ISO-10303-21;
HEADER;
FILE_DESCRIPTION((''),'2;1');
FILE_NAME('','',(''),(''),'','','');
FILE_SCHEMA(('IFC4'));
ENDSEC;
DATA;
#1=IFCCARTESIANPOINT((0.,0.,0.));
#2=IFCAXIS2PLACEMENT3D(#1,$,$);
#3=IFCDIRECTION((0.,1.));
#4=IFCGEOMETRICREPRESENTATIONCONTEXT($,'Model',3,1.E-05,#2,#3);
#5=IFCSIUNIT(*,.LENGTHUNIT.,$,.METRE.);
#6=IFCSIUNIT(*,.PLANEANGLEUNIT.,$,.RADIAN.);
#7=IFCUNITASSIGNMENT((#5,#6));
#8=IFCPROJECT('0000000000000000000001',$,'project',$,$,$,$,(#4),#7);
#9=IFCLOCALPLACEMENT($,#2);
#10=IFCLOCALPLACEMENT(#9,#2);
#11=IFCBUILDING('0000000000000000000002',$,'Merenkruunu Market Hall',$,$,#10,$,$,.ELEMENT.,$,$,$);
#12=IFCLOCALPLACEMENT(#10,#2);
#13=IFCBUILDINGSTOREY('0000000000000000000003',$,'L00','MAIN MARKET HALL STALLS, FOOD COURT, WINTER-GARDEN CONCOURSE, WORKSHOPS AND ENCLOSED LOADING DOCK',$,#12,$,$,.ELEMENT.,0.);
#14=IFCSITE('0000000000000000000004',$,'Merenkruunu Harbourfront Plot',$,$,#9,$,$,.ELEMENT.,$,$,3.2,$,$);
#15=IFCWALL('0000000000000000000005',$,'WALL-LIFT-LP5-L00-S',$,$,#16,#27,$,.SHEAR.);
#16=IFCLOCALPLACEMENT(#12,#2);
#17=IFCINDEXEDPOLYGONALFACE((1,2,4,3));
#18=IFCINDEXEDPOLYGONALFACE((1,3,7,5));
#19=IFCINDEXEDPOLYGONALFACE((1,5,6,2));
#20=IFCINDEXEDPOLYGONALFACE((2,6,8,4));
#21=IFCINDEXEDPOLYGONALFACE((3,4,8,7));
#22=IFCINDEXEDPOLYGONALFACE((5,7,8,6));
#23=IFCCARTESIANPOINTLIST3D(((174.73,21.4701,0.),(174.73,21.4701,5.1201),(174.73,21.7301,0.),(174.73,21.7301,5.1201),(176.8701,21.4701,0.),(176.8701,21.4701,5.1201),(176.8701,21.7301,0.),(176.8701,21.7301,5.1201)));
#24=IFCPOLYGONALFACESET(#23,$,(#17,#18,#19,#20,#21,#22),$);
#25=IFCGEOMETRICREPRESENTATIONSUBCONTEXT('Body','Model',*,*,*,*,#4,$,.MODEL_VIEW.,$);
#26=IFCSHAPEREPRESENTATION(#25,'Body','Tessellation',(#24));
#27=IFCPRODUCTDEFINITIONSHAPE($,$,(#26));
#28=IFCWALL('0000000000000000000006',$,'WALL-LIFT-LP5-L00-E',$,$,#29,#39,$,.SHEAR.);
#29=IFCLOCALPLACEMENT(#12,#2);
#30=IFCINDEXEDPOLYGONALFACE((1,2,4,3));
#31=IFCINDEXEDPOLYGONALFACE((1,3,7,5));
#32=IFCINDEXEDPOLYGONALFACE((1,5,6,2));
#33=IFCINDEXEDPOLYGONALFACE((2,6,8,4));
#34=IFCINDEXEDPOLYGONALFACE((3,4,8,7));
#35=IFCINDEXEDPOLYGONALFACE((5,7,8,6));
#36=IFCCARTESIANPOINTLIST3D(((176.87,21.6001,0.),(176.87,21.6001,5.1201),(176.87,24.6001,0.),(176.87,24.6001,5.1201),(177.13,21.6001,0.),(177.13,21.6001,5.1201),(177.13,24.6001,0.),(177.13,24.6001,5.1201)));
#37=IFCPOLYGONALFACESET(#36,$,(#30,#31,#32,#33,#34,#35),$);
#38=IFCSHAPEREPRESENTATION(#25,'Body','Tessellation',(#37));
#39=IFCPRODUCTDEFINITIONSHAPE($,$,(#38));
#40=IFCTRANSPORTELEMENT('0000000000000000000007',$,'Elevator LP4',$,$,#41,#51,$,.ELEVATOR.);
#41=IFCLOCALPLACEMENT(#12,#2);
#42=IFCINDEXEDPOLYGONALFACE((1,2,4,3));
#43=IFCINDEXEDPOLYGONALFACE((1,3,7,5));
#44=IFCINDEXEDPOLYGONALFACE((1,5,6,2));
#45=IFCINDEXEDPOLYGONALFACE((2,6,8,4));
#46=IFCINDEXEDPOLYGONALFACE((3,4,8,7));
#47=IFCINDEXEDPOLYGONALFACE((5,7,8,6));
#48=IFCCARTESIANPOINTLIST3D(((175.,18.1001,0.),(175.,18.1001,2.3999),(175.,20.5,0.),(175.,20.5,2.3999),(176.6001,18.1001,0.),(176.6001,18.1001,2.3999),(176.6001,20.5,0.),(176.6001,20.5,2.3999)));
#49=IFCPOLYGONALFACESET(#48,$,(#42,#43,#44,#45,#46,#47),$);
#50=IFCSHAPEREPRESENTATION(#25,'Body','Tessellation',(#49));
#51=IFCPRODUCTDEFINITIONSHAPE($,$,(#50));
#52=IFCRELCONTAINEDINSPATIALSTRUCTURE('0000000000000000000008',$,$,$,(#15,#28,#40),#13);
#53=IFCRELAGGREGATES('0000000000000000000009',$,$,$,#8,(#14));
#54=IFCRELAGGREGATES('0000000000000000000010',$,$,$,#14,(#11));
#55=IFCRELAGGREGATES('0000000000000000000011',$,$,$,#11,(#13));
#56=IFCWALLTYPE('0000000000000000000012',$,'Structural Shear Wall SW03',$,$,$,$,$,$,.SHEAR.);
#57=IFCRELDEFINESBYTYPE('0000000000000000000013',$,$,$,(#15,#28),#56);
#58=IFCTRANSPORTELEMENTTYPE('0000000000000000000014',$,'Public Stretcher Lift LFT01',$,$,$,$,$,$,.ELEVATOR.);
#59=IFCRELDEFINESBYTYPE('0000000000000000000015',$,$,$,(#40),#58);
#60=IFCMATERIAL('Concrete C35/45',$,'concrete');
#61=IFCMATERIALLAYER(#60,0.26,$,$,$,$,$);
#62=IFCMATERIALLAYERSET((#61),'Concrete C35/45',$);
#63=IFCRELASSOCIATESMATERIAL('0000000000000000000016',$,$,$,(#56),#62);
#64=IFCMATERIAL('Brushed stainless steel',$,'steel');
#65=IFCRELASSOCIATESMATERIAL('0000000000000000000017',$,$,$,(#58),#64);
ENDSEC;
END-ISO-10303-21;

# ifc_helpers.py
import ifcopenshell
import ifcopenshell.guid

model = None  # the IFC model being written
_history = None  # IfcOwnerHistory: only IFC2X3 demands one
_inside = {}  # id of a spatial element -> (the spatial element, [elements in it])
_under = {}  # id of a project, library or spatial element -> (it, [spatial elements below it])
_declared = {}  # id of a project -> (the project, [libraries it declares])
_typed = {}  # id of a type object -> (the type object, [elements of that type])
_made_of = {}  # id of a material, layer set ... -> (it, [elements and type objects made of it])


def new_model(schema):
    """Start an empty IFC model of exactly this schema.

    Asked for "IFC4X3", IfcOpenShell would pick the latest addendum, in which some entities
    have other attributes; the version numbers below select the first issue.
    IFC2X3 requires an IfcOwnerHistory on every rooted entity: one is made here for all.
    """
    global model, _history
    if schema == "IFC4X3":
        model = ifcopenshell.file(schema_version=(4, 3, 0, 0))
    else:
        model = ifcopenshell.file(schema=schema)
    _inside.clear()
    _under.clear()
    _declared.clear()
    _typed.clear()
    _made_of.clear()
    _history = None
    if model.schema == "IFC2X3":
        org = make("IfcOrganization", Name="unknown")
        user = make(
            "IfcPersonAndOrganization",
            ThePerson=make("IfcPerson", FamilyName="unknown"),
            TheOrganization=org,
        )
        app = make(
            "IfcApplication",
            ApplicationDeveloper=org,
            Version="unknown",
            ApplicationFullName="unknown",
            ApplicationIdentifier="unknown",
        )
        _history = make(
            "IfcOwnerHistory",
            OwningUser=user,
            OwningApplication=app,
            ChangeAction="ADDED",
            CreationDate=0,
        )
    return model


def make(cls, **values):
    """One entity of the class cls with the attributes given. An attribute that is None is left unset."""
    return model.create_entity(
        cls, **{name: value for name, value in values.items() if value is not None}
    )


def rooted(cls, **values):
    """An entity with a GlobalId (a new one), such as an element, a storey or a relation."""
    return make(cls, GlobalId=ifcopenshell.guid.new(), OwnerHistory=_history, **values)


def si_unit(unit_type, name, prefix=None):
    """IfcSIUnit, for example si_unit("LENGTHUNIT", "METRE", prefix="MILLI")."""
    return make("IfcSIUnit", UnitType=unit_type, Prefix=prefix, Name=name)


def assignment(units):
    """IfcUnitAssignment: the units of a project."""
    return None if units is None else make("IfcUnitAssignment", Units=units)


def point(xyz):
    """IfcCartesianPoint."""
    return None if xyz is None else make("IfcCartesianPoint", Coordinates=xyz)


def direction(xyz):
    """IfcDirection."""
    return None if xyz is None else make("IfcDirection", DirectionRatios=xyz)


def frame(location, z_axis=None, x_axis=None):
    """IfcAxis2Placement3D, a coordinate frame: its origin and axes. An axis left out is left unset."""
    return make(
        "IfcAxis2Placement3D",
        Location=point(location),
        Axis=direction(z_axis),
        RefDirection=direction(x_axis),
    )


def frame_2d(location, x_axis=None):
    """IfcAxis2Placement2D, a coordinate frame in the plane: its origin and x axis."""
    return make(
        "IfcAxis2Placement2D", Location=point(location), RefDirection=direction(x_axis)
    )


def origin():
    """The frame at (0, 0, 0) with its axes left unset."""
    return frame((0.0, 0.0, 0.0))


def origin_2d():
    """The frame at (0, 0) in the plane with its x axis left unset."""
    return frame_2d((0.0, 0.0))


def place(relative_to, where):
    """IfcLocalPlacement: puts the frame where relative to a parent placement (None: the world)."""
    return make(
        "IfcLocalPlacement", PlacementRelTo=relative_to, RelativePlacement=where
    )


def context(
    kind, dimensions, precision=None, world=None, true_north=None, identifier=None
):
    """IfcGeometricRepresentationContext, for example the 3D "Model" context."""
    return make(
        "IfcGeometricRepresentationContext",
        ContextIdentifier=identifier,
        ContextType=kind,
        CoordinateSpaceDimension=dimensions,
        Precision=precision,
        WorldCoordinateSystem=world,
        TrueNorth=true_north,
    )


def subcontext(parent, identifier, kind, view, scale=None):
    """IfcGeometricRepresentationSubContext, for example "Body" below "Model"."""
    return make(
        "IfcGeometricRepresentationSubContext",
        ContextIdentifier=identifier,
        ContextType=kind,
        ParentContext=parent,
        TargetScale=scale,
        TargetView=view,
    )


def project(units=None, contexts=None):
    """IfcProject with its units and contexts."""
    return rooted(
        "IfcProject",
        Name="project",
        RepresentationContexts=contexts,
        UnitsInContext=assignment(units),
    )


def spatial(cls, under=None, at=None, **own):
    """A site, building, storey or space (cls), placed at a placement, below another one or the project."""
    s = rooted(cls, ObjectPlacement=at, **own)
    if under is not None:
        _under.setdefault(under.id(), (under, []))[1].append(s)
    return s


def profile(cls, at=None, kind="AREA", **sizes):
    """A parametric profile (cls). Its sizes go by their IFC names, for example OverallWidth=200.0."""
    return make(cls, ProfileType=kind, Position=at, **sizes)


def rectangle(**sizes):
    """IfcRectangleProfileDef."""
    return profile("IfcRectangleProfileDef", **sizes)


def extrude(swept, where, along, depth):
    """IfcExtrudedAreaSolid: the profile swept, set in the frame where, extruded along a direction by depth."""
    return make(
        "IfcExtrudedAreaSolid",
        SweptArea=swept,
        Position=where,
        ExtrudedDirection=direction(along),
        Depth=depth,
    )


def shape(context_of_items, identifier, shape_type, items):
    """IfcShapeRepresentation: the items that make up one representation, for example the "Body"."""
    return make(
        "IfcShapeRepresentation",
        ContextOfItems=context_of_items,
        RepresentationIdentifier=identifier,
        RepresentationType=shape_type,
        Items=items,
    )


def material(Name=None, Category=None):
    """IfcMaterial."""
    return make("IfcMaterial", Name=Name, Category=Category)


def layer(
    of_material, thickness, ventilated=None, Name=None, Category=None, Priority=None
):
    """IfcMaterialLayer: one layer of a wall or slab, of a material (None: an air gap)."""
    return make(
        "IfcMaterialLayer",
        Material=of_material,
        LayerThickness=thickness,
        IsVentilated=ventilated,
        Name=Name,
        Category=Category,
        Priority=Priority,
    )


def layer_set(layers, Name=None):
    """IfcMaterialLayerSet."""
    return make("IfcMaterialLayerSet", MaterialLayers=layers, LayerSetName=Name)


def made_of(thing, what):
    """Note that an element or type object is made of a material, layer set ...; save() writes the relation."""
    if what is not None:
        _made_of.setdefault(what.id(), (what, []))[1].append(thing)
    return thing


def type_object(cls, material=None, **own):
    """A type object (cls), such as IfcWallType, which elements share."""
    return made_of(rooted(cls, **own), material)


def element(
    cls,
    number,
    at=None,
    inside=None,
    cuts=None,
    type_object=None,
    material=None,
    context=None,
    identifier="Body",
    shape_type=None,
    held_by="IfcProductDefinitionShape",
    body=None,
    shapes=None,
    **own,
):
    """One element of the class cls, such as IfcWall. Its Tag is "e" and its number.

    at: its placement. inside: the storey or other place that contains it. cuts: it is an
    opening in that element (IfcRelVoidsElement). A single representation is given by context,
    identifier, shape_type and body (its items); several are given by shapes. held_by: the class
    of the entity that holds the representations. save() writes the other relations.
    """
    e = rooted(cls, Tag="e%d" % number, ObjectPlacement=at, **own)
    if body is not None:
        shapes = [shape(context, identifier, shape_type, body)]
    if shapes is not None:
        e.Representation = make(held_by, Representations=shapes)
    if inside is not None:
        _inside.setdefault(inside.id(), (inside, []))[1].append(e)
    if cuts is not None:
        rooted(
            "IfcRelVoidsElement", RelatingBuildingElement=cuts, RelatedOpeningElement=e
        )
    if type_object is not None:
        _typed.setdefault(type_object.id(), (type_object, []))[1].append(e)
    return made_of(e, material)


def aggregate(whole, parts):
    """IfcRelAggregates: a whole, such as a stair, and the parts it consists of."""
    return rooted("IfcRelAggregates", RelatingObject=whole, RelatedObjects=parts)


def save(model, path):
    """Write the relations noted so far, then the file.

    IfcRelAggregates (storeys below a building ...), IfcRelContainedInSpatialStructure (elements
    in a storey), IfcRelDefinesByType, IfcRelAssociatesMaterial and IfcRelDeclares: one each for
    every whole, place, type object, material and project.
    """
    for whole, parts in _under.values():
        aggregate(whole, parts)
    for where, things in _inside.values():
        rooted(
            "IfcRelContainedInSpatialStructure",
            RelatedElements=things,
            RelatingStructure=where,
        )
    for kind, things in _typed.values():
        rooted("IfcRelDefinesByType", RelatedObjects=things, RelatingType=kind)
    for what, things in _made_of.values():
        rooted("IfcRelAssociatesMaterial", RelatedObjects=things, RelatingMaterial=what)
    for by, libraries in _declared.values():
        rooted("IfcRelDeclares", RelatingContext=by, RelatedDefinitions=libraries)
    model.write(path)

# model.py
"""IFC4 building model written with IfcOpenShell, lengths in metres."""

from ifc_helpers import new_model, si_unit, direction, frame, frame_2d, origin, origin_2d, place, context, subcontext, project, spatial, rectangle, extrude, material, layer, layer_set, type_object, element, save


model = new_model("IFC4")

# Units and contexts
model_context = context("Model", 3, precision=1e-05, world=origin(), true_north=direction((0.0, 1.0)))
body_context = subcontext(model_context, "Body", "Model", "MODEL_VIEW")
ifc_project = project(units=[si_unit("LENGTHUNIT", "METRE"), si_unit("PLANEANGLEUNIT", "RADIAN")], contexts=[model_context])

# Site, building, storey
site_placement = place(None, origin())
site = spatial("IfcSite", under=ifc_project, at=site_placement, Name="Merenkruunu Harbourfront Plot", CompositionType="ELEMENT", RefElevation=3.2)
building_placement = place(site_placement, origin())
building = spatial("IfcBuilding", under=site, at=building_placement, Name="Merenkruunu Market Hall", CompositionType="ELEMENT")
storey_placement = place(building_placement, origin())
storey = spatial("IfcBuildingStorey", under=building, at=storey_placement, Name="L00", Description="MAIN MARKET HALL STALLS, FOOD COURT, WINTER-GARDEN CONCOURSE, WORKSHOPS AND ENCLOSED LOADING DOCK", CompositionType="ELEMENT", Elevation=0.0)

# Shared definitions
ifc_material_1 = material(Name="Concrete C35/45", Category="concrete")
ifc_layer_1 = layer(ifc_material_1, 0.26)
ifc_layer_set_1 = layer_set([ifc_layer_1], Name="Concrete C35/45")
wall_type_1 = type_object("IfcWallType", Name="Structural Shear Wall SW03", PredefinedType="SHEAR", material=ifc_layer_set_1)

# Shared definitions
ifc_material_2 = material(Name="Brushed stainless steel", Category="steel")

# Walls
wall_1_placement = place(storey_placement, frame((174.73, 21.6001, 0.0), z_axis=(0.0, 0.0, 1.0), x_axis=(1.0, 0.0, 0.0)))
element("IfcWall", 1, at=wall_1_placement, inside=storey, type_object=wall_type_1, Name="WALL-LIFT-LP5-L00-S", PredefinedType="SHEAR", context=body_context, shape_type="SweptSolid", body=[
    extrude(rectangle(XDim=2.1401, YDim=0.26, at=frame_2d((1.0701, 0.0))), origin(), (0.0, 0.0, 1.0), 5.1201),
])
wall_2_placement = place(storey_placement, frame((177.0, 21.6001, 0.0), z_axis=(0.0, 0.0, 1.0), x_axis=(0.0, 1.0, 0.0)))
element("IfcWall", 2, at=wall_2_placement, inside=storey, type_object=wall_type_1, Name="WALL-LIFT-LP5-L00-E", PredefinedType="SHEAR", context=body_context, shape_type="SweptSolid", body=[
    extrude(rectangle(XDim=3.0, YDim=0.26, at=frame_2d((1.5, 0.0))), origin(), (0.0, 0.0, 1.0), 5.1201),
])

# Transport element
transport_element_type = type_object("IfcTransportElementType", Name="Public Stretcher Lift LFT01", PredefinedType="ELEVATOR", material=ifc_material_2)
transport_element_placement = place(storey_placement, frame((175.8, 19.3, 0.0), z_axis=(0.0, 0.0, 1.0), x_axis=(1.0, 0.0, 0.0)))
element("IfcTransportElement", 3, at=transport_element_placement, inside=storey, type_object=transport_element_type, Name="Elevator LP4", PredefinedType="ELEVATOR", context=body_context, shape_type="SweptSolid", body=[
    extrude(rectangle(XDim=1.6001, YDim=2.3999, at=origin_2d()), origin(), (0.0, 0.0, 1.0), 2.3999),
])

save(model, "model.ifc")
